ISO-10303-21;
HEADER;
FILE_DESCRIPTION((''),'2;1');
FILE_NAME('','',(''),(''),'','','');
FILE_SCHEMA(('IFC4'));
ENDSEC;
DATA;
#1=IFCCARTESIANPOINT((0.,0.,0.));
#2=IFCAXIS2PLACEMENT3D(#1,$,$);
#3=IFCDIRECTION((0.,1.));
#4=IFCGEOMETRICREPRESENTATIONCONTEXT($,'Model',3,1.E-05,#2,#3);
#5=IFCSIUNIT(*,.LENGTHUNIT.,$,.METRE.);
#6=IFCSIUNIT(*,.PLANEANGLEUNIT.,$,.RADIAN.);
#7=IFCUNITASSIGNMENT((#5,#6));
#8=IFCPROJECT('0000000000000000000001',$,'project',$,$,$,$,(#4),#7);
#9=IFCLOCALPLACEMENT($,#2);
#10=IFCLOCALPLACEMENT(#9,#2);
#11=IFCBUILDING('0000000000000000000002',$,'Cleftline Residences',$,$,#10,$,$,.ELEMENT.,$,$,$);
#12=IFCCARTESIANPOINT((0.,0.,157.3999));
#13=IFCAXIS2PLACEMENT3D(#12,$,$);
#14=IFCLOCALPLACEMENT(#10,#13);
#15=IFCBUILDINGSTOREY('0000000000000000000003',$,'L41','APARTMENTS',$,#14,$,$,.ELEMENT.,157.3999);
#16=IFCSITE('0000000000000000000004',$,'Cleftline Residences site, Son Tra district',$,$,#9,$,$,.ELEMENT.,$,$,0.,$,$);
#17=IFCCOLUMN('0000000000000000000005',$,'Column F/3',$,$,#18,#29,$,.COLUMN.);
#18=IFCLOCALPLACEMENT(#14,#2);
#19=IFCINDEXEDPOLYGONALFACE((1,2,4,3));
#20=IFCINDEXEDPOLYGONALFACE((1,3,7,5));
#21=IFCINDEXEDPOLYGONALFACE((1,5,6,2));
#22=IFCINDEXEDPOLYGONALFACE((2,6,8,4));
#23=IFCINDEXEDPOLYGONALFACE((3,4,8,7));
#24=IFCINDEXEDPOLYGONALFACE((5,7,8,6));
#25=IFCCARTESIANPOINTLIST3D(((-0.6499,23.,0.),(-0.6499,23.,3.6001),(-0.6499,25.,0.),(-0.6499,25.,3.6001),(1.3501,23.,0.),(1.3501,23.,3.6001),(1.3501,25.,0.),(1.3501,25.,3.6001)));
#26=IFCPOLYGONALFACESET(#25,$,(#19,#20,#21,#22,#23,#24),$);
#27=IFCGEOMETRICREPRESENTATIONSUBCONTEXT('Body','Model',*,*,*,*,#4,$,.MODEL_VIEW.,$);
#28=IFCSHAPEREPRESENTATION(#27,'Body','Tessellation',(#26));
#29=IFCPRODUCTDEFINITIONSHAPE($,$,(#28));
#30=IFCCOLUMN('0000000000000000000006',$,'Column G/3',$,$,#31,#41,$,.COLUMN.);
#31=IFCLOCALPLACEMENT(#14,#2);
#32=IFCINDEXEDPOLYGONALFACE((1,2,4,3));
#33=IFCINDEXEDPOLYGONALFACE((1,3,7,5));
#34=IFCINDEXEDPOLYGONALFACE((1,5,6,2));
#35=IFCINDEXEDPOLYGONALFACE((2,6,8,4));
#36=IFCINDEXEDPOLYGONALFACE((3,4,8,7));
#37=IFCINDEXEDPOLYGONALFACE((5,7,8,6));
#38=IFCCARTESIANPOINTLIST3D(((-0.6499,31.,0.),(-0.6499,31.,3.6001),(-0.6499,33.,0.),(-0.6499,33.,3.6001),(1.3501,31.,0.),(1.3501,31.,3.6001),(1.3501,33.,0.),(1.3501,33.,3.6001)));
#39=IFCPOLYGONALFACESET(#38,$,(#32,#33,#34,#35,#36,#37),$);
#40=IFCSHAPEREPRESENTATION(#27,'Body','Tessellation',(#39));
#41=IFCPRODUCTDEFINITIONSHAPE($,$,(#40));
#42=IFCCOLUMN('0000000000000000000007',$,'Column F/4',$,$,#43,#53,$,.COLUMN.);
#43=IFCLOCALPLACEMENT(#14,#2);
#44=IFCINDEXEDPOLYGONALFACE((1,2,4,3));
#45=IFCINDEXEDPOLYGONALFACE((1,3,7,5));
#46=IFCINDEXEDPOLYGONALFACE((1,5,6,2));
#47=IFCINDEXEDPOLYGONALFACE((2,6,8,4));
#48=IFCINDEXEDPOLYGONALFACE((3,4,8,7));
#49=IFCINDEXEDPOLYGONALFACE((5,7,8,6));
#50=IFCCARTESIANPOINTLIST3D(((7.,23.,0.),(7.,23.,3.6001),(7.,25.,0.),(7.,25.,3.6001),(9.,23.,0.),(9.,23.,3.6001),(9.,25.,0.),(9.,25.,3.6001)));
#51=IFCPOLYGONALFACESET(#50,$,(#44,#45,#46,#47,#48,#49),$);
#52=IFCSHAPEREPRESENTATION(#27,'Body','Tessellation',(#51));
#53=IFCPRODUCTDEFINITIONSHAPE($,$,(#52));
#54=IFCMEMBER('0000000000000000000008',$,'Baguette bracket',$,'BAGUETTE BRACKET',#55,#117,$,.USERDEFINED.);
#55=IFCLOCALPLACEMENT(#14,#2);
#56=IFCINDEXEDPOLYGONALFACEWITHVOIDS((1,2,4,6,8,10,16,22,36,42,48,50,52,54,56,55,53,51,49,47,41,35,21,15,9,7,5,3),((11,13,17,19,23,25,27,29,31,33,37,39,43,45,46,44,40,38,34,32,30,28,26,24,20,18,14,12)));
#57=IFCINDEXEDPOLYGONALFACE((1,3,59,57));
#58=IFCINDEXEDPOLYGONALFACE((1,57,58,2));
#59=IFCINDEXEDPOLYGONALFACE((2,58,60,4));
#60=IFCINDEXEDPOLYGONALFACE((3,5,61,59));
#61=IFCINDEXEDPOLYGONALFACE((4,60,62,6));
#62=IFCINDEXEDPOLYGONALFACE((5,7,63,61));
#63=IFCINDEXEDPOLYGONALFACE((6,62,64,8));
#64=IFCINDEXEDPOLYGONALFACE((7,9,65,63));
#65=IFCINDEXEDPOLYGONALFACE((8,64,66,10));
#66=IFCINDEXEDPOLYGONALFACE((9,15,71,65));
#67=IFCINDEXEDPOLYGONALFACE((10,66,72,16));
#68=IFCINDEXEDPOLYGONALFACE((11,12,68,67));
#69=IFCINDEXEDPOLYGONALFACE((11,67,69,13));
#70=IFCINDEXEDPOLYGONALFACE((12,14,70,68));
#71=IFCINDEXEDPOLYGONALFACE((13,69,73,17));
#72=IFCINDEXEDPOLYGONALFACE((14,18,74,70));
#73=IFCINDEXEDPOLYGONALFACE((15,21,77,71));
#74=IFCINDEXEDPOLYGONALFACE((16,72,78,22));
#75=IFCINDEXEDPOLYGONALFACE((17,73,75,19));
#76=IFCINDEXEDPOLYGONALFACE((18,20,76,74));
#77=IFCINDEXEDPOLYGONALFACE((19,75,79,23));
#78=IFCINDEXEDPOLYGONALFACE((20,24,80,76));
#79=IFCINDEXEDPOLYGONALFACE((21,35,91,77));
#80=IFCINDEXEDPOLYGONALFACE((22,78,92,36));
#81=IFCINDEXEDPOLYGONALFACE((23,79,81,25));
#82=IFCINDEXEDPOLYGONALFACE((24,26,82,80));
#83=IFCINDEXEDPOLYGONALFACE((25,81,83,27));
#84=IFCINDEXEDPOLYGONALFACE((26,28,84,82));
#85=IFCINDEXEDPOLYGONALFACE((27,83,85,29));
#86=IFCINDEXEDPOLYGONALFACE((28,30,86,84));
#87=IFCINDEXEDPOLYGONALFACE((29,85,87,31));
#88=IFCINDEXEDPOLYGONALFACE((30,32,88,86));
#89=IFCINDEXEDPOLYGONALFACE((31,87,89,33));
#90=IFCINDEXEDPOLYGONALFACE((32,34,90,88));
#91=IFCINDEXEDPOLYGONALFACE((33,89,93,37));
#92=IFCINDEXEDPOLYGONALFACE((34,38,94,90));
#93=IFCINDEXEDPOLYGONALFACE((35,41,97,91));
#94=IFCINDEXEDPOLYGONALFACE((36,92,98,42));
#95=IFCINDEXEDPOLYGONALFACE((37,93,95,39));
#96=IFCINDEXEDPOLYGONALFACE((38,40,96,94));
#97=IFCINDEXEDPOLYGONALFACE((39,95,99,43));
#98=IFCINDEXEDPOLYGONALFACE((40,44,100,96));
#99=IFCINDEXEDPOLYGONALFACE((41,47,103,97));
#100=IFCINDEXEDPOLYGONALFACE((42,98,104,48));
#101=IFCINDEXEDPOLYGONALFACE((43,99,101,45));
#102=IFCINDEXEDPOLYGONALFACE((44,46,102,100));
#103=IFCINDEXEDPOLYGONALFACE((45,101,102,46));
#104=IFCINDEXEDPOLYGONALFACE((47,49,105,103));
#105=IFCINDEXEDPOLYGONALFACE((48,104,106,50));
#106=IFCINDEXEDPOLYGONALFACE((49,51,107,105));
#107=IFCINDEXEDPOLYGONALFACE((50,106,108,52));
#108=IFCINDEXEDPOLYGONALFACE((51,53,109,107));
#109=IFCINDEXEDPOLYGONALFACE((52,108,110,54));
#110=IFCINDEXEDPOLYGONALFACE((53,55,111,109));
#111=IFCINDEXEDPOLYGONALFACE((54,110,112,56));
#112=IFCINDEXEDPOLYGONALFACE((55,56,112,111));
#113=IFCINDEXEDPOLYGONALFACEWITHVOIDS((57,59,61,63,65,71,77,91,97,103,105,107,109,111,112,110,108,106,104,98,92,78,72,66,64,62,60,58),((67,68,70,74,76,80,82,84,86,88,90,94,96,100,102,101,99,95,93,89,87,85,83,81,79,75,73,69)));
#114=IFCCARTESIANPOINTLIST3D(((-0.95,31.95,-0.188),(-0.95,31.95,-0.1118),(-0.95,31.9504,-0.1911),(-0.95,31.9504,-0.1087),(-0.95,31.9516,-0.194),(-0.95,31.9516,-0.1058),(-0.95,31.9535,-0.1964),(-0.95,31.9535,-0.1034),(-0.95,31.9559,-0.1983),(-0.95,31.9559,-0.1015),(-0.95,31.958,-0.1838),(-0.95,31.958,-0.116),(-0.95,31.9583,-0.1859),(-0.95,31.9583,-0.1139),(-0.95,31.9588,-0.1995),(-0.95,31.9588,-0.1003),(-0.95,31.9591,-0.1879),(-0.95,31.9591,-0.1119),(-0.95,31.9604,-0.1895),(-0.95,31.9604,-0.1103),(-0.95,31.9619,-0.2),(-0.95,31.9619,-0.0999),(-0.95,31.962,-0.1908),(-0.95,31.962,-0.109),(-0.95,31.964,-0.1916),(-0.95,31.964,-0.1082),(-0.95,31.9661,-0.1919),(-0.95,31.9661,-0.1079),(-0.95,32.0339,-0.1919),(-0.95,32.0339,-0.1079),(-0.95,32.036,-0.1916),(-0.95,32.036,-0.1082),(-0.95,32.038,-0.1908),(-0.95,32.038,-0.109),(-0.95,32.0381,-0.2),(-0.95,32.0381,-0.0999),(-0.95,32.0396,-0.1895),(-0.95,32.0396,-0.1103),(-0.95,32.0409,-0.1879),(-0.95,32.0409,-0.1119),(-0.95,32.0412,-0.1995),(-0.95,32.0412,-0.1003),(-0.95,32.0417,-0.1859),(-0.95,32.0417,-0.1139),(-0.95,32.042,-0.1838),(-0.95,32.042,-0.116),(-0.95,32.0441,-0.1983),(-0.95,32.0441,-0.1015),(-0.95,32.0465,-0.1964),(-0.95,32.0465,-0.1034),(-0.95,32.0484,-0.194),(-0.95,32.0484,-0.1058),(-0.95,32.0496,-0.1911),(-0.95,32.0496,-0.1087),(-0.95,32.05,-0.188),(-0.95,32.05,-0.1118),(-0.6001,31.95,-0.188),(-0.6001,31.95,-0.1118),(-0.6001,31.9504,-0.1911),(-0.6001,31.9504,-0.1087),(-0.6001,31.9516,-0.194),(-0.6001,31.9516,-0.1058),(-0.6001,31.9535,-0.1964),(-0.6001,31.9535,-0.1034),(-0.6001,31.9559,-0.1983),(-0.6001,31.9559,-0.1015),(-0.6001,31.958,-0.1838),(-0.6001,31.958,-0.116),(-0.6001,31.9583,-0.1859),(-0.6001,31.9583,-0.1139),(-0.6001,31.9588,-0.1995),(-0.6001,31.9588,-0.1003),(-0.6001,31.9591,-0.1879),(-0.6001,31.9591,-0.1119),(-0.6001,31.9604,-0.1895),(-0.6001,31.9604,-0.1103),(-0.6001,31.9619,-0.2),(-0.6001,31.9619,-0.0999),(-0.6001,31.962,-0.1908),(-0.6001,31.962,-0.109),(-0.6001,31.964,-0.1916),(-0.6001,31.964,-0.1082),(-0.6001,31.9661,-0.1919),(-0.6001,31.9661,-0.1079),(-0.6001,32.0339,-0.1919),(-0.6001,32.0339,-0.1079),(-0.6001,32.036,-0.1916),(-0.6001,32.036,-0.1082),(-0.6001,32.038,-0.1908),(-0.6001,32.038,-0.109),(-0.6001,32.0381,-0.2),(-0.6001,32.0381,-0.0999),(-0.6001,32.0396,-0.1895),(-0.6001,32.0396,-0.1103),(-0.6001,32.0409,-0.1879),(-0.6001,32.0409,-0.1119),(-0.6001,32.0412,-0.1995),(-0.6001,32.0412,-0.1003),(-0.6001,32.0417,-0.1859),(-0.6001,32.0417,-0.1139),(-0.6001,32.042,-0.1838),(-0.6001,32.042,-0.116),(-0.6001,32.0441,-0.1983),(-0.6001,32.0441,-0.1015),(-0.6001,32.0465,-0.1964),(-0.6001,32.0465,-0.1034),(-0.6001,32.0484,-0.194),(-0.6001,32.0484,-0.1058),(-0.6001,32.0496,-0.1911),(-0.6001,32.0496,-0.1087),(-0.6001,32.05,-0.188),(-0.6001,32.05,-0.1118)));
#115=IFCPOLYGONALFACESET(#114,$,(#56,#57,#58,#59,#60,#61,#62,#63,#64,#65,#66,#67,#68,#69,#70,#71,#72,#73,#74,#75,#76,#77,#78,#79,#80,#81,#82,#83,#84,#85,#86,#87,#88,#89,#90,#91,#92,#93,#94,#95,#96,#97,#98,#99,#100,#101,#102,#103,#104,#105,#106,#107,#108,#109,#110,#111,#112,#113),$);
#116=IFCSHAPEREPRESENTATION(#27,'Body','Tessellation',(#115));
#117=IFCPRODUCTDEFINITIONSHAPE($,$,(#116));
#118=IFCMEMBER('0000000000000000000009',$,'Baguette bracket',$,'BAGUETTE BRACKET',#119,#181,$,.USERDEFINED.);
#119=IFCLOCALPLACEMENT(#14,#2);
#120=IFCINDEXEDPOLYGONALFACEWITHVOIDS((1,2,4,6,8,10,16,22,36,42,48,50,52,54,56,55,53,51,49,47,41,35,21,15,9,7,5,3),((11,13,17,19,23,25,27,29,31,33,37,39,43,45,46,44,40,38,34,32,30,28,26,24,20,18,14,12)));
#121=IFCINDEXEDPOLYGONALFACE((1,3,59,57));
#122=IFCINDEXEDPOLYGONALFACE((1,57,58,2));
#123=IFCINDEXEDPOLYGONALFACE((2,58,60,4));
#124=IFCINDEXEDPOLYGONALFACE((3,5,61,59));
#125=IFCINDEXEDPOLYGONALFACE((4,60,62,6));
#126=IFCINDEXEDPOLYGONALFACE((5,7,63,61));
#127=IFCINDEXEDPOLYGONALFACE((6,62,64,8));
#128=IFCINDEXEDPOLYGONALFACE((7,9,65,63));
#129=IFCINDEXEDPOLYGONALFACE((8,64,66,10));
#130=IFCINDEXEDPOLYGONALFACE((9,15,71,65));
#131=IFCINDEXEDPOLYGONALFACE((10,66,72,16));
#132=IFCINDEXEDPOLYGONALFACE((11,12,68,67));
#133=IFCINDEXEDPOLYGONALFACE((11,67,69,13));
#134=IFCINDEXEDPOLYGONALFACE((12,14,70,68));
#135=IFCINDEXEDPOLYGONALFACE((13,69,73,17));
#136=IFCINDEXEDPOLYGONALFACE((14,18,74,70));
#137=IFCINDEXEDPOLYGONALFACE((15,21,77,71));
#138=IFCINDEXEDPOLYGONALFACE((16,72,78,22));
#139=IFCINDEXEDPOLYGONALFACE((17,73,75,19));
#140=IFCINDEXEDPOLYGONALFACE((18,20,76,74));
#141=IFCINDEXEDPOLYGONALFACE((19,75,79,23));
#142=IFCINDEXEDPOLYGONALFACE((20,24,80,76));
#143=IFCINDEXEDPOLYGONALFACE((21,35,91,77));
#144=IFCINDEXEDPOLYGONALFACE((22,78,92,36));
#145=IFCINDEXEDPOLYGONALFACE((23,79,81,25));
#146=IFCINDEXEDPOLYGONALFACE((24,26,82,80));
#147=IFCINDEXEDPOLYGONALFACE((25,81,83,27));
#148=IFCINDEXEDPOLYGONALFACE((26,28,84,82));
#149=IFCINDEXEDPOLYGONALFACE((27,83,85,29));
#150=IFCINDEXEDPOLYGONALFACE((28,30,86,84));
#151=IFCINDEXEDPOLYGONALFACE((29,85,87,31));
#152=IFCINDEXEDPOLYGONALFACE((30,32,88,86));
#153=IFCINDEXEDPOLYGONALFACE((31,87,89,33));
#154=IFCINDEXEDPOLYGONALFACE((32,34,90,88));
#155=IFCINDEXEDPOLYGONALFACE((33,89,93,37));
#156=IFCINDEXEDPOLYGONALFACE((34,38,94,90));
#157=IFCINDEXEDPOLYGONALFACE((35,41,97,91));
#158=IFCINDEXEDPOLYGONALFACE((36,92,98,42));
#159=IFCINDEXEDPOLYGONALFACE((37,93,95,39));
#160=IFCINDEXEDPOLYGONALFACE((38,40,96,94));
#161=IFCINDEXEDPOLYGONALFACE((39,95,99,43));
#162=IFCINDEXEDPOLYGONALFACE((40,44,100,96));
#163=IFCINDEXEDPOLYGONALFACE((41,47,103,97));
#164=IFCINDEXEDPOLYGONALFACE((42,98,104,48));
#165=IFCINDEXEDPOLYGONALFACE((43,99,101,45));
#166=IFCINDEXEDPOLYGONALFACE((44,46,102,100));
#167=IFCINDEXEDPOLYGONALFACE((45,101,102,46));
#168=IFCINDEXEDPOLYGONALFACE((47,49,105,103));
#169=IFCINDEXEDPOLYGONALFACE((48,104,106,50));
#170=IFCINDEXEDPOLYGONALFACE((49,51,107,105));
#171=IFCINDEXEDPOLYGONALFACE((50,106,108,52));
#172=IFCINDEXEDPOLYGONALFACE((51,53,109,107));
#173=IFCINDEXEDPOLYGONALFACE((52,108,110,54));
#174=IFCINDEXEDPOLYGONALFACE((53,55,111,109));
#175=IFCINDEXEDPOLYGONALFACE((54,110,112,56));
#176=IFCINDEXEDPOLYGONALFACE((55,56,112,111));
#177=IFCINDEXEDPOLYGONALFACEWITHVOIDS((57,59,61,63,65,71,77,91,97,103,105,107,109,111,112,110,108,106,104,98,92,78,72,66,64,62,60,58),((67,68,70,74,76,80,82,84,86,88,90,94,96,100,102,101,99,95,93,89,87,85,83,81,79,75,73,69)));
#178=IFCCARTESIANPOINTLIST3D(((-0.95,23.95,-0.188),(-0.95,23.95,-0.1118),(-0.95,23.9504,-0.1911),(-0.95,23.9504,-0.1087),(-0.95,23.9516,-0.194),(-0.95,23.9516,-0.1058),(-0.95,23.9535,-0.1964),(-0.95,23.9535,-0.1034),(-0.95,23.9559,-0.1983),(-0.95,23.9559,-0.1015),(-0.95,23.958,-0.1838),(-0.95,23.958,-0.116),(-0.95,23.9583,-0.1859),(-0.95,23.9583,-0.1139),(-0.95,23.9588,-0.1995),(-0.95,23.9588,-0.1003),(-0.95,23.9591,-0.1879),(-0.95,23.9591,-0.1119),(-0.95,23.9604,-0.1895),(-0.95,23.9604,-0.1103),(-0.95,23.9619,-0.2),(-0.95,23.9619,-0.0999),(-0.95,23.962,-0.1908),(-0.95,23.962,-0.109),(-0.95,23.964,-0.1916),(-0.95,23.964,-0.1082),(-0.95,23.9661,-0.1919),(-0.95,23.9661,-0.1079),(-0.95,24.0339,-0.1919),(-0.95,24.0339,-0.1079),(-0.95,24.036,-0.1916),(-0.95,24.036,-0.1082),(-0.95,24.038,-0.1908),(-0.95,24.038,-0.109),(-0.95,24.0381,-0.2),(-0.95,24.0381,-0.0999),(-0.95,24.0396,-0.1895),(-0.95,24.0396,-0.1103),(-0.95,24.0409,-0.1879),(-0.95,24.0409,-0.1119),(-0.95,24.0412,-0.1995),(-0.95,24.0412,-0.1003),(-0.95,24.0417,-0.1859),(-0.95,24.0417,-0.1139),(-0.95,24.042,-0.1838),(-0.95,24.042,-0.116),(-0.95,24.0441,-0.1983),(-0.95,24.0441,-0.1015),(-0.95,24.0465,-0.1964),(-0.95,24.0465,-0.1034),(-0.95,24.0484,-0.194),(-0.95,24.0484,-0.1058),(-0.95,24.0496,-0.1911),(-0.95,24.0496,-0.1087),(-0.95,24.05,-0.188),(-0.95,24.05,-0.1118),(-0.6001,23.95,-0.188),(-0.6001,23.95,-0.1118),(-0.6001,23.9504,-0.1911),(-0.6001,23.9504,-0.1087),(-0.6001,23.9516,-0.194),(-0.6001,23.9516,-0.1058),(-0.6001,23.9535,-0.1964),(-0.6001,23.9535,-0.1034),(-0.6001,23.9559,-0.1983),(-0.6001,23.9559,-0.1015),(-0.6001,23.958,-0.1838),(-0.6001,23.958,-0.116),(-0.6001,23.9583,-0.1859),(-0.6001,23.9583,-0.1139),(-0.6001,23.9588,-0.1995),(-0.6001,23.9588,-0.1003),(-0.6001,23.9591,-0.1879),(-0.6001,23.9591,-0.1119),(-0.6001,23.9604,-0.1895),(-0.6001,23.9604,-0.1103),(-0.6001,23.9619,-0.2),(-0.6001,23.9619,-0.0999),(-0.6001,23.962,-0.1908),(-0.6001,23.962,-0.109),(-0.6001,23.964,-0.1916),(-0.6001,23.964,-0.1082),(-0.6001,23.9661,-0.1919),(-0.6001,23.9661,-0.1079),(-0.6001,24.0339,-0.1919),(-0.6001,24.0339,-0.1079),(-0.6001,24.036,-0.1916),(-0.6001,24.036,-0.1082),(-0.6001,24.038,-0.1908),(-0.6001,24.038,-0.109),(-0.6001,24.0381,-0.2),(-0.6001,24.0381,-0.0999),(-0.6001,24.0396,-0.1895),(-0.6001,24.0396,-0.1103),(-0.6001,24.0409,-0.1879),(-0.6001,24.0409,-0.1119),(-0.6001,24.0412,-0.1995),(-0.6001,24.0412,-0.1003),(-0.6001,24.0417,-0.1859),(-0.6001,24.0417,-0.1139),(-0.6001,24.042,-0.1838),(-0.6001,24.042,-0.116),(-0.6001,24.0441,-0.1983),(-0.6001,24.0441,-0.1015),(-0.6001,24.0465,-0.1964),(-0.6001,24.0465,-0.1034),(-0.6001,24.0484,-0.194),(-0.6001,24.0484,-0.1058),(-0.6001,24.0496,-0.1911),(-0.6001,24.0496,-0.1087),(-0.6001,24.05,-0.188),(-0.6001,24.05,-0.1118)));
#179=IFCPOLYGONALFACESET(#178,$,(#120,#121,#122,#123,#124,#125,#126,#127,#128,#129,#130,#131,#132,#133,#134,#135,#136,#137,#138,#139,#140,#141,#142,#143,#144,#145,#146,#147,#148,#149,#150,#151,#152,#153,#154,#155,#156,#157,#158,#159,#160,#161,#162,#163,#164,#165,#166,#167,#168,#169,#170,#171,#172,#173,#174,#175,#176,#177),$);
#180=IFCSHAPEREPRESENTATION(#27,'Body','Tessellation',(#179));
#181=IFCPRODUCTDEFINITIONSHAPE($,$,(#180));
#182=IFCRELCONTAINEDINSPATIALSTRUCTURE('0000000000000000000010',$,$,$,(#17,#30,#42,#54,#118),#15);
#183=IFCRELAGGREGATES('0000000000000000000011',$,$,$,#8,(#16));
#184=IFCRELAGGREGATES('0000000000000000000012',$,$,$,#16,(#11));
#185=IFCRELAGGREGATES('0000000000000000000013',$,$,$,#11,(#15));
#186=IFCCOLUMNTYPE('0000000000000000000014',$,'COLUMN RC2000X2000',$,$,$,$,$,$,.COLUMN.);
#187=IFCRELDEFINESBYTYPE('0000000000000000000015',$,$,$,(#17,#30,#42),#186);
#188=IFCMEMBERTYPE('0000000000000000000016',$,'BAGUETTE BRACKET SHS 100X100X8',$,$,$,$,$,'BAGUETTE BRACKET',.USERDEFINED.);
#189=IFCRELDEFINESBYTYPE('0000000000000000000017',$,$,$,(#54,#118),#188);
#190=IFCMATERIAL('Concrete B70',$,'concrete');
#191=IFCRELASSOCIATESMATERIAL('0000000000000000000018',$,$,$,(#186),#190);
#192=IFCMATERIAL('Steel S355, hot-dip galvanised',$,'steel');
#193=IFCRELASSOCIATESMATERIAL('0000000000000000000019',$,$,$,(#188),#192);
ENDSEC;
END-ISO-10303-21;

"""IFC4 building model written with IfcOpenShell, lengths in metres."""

from ifc_helpers import new_model, si_unit, direction, frame, origin, origin_2d, place, context, subcontext, project, spatial, rectangle, hollow_rectangle, extrude, material, material_profile, profile_set, type_object, element, save


model = new_model("IFC4")

# Units and contexts
model_context = context("Model", 3, precision=1e-05, world=origin(), true_north=direction((0.0, 1.0)))
body_context = subcontext(model_context, "Body", "Model", "MODEL_VIEW")
ifc_project = project(units=[si_unit("LENGTHUNIT", "METRE"), si_unit("PLANEANGLEUNIT", "RADIAN")], contexts=[model_context])

# Site, building, storey
site_placement = place(None, origin())
site = spatial("IfcSite", under=ifc_project, at=site_placement, Name="Cleftline Residences site, Son Tra district", CompositionType="ELEMENT", RefElevation=0.0)
building_placement = place(site_placement, origin())
building = spatial("IfcBuilding", under=site, at=building_placement, Name="Cleftline Residences", CompositionType="ELEMENT")
storey_placement = place(building_placement, frame((0.0, 0.0, 157.3999)))
storey = spatial("IfcBuildingStorey", under=building, at=storey_placement, Name="L41", Description="APARTMENTS", CompositionType="ELEMENT", Elevation=157.3999)

# Columns
ifc_material_1 = material(Name="Concrete B70", Category="concrete")
ifc_material_profile_1 = material_profile(ifc_material_1, rectangle(XDim=2.0, YDim=2.0, at=origin_2d()))
ifc_profile_set_1 = profile_set([ifc_material_profile_1], Name="Concrete B70")
column_type = type_object("IfcColumnType", Name="COLUMN RC2000X2000", PredefinedType="COLUMN", material=ifc_profile_set_1)
for number, where, z_axis, x_axis, name in (
    (1, (0.3501, 24.0, 0.0), (0.0, 0.0, 1.0), (1.0, 0.0, 0.0), "Column F/3"),
    (2, (0.3501, 32.0, 0.0), (0.0, 0.0, 1.0), (1.0, 0.0, 0.0), "Column G/3"),
    (3, (8.0, 24.0, 0.0), (0.0, 0.0, 1.0), (1.0, 0.0, 0.0), "Column F/4"),
):
    element("IfcColumn", number, at=place(storey_placement, frame(where, z_axis=z_axis, x_axis=x_axis)), inside=storey, type_object=column_type, Name=name, PredefinedType="COLUMN", context=body_context, shape_type="SweptSolid", body=[
        extrude(rectangle(XDim=2.0, YDim=2.0, at=origin_2d()), origin(), (0.0, 0.0, 1.0), 3.6001),
    ])

# Members
ifc_material_2 = material(Name="Steel S355, hot-dip galvanised", Category="steel")
ifc_material_profile_2 = material_profile(ifc_material_2, hollow_rectangle(XDim=0.1001, YDim=0.1001, WallThickness=0.0081, InnerFilletRadius=0.0081, OuterFilletRadius=0.012, at=origin_2d()))
ifc_profile_set_2 = profile_set([ifc_material_profile_2], Name="Steel S355, hot-dip galvanised")
member_type_1 = type_object("IfcMemberType", Name="BAGUETTE BRACKET SHS 100X100X8", ElementType="BAGUETTE BRACKET", PredefinedType="USERDEFINED", material=ifc_profile_set_2)
for number, where, z_axis, x_axis, name in (
    (4, (-0.6001, 32.0, -0.1499), (-1.0, 0.0, 0.0), (0.0, -1.0, 0.0), "Baguette bracket"),
    (5, (-0.6001, 24.0, -0.1499), (-1.0, 0.0, 0.0), (0.0, -1.0, 0.0), "Baguette bracket"),
):
    element("IfcMember", number, at=place(storey_placement, frame(where, z_axis=z_axis, x_axis=x_axis)), inside=storey, type_object=member_type_1, Name=name, ObjectType="BAGUETTE BRACKET", PredefinedType="USERDEFINED", context=body_context, shape_type="SweptSolid", body=[
        extrude(hollow_rectangle(XDim=0.1001, YDim=0.1001, WallThickness=0.0081, InnerFilletRadius=0.0081, OuterFilletRadius=0.012, at=origin_2d()), origin(), (0.0, 0.0, 1.0), 0.3499),
    ])

save(model, "model.ifc")
